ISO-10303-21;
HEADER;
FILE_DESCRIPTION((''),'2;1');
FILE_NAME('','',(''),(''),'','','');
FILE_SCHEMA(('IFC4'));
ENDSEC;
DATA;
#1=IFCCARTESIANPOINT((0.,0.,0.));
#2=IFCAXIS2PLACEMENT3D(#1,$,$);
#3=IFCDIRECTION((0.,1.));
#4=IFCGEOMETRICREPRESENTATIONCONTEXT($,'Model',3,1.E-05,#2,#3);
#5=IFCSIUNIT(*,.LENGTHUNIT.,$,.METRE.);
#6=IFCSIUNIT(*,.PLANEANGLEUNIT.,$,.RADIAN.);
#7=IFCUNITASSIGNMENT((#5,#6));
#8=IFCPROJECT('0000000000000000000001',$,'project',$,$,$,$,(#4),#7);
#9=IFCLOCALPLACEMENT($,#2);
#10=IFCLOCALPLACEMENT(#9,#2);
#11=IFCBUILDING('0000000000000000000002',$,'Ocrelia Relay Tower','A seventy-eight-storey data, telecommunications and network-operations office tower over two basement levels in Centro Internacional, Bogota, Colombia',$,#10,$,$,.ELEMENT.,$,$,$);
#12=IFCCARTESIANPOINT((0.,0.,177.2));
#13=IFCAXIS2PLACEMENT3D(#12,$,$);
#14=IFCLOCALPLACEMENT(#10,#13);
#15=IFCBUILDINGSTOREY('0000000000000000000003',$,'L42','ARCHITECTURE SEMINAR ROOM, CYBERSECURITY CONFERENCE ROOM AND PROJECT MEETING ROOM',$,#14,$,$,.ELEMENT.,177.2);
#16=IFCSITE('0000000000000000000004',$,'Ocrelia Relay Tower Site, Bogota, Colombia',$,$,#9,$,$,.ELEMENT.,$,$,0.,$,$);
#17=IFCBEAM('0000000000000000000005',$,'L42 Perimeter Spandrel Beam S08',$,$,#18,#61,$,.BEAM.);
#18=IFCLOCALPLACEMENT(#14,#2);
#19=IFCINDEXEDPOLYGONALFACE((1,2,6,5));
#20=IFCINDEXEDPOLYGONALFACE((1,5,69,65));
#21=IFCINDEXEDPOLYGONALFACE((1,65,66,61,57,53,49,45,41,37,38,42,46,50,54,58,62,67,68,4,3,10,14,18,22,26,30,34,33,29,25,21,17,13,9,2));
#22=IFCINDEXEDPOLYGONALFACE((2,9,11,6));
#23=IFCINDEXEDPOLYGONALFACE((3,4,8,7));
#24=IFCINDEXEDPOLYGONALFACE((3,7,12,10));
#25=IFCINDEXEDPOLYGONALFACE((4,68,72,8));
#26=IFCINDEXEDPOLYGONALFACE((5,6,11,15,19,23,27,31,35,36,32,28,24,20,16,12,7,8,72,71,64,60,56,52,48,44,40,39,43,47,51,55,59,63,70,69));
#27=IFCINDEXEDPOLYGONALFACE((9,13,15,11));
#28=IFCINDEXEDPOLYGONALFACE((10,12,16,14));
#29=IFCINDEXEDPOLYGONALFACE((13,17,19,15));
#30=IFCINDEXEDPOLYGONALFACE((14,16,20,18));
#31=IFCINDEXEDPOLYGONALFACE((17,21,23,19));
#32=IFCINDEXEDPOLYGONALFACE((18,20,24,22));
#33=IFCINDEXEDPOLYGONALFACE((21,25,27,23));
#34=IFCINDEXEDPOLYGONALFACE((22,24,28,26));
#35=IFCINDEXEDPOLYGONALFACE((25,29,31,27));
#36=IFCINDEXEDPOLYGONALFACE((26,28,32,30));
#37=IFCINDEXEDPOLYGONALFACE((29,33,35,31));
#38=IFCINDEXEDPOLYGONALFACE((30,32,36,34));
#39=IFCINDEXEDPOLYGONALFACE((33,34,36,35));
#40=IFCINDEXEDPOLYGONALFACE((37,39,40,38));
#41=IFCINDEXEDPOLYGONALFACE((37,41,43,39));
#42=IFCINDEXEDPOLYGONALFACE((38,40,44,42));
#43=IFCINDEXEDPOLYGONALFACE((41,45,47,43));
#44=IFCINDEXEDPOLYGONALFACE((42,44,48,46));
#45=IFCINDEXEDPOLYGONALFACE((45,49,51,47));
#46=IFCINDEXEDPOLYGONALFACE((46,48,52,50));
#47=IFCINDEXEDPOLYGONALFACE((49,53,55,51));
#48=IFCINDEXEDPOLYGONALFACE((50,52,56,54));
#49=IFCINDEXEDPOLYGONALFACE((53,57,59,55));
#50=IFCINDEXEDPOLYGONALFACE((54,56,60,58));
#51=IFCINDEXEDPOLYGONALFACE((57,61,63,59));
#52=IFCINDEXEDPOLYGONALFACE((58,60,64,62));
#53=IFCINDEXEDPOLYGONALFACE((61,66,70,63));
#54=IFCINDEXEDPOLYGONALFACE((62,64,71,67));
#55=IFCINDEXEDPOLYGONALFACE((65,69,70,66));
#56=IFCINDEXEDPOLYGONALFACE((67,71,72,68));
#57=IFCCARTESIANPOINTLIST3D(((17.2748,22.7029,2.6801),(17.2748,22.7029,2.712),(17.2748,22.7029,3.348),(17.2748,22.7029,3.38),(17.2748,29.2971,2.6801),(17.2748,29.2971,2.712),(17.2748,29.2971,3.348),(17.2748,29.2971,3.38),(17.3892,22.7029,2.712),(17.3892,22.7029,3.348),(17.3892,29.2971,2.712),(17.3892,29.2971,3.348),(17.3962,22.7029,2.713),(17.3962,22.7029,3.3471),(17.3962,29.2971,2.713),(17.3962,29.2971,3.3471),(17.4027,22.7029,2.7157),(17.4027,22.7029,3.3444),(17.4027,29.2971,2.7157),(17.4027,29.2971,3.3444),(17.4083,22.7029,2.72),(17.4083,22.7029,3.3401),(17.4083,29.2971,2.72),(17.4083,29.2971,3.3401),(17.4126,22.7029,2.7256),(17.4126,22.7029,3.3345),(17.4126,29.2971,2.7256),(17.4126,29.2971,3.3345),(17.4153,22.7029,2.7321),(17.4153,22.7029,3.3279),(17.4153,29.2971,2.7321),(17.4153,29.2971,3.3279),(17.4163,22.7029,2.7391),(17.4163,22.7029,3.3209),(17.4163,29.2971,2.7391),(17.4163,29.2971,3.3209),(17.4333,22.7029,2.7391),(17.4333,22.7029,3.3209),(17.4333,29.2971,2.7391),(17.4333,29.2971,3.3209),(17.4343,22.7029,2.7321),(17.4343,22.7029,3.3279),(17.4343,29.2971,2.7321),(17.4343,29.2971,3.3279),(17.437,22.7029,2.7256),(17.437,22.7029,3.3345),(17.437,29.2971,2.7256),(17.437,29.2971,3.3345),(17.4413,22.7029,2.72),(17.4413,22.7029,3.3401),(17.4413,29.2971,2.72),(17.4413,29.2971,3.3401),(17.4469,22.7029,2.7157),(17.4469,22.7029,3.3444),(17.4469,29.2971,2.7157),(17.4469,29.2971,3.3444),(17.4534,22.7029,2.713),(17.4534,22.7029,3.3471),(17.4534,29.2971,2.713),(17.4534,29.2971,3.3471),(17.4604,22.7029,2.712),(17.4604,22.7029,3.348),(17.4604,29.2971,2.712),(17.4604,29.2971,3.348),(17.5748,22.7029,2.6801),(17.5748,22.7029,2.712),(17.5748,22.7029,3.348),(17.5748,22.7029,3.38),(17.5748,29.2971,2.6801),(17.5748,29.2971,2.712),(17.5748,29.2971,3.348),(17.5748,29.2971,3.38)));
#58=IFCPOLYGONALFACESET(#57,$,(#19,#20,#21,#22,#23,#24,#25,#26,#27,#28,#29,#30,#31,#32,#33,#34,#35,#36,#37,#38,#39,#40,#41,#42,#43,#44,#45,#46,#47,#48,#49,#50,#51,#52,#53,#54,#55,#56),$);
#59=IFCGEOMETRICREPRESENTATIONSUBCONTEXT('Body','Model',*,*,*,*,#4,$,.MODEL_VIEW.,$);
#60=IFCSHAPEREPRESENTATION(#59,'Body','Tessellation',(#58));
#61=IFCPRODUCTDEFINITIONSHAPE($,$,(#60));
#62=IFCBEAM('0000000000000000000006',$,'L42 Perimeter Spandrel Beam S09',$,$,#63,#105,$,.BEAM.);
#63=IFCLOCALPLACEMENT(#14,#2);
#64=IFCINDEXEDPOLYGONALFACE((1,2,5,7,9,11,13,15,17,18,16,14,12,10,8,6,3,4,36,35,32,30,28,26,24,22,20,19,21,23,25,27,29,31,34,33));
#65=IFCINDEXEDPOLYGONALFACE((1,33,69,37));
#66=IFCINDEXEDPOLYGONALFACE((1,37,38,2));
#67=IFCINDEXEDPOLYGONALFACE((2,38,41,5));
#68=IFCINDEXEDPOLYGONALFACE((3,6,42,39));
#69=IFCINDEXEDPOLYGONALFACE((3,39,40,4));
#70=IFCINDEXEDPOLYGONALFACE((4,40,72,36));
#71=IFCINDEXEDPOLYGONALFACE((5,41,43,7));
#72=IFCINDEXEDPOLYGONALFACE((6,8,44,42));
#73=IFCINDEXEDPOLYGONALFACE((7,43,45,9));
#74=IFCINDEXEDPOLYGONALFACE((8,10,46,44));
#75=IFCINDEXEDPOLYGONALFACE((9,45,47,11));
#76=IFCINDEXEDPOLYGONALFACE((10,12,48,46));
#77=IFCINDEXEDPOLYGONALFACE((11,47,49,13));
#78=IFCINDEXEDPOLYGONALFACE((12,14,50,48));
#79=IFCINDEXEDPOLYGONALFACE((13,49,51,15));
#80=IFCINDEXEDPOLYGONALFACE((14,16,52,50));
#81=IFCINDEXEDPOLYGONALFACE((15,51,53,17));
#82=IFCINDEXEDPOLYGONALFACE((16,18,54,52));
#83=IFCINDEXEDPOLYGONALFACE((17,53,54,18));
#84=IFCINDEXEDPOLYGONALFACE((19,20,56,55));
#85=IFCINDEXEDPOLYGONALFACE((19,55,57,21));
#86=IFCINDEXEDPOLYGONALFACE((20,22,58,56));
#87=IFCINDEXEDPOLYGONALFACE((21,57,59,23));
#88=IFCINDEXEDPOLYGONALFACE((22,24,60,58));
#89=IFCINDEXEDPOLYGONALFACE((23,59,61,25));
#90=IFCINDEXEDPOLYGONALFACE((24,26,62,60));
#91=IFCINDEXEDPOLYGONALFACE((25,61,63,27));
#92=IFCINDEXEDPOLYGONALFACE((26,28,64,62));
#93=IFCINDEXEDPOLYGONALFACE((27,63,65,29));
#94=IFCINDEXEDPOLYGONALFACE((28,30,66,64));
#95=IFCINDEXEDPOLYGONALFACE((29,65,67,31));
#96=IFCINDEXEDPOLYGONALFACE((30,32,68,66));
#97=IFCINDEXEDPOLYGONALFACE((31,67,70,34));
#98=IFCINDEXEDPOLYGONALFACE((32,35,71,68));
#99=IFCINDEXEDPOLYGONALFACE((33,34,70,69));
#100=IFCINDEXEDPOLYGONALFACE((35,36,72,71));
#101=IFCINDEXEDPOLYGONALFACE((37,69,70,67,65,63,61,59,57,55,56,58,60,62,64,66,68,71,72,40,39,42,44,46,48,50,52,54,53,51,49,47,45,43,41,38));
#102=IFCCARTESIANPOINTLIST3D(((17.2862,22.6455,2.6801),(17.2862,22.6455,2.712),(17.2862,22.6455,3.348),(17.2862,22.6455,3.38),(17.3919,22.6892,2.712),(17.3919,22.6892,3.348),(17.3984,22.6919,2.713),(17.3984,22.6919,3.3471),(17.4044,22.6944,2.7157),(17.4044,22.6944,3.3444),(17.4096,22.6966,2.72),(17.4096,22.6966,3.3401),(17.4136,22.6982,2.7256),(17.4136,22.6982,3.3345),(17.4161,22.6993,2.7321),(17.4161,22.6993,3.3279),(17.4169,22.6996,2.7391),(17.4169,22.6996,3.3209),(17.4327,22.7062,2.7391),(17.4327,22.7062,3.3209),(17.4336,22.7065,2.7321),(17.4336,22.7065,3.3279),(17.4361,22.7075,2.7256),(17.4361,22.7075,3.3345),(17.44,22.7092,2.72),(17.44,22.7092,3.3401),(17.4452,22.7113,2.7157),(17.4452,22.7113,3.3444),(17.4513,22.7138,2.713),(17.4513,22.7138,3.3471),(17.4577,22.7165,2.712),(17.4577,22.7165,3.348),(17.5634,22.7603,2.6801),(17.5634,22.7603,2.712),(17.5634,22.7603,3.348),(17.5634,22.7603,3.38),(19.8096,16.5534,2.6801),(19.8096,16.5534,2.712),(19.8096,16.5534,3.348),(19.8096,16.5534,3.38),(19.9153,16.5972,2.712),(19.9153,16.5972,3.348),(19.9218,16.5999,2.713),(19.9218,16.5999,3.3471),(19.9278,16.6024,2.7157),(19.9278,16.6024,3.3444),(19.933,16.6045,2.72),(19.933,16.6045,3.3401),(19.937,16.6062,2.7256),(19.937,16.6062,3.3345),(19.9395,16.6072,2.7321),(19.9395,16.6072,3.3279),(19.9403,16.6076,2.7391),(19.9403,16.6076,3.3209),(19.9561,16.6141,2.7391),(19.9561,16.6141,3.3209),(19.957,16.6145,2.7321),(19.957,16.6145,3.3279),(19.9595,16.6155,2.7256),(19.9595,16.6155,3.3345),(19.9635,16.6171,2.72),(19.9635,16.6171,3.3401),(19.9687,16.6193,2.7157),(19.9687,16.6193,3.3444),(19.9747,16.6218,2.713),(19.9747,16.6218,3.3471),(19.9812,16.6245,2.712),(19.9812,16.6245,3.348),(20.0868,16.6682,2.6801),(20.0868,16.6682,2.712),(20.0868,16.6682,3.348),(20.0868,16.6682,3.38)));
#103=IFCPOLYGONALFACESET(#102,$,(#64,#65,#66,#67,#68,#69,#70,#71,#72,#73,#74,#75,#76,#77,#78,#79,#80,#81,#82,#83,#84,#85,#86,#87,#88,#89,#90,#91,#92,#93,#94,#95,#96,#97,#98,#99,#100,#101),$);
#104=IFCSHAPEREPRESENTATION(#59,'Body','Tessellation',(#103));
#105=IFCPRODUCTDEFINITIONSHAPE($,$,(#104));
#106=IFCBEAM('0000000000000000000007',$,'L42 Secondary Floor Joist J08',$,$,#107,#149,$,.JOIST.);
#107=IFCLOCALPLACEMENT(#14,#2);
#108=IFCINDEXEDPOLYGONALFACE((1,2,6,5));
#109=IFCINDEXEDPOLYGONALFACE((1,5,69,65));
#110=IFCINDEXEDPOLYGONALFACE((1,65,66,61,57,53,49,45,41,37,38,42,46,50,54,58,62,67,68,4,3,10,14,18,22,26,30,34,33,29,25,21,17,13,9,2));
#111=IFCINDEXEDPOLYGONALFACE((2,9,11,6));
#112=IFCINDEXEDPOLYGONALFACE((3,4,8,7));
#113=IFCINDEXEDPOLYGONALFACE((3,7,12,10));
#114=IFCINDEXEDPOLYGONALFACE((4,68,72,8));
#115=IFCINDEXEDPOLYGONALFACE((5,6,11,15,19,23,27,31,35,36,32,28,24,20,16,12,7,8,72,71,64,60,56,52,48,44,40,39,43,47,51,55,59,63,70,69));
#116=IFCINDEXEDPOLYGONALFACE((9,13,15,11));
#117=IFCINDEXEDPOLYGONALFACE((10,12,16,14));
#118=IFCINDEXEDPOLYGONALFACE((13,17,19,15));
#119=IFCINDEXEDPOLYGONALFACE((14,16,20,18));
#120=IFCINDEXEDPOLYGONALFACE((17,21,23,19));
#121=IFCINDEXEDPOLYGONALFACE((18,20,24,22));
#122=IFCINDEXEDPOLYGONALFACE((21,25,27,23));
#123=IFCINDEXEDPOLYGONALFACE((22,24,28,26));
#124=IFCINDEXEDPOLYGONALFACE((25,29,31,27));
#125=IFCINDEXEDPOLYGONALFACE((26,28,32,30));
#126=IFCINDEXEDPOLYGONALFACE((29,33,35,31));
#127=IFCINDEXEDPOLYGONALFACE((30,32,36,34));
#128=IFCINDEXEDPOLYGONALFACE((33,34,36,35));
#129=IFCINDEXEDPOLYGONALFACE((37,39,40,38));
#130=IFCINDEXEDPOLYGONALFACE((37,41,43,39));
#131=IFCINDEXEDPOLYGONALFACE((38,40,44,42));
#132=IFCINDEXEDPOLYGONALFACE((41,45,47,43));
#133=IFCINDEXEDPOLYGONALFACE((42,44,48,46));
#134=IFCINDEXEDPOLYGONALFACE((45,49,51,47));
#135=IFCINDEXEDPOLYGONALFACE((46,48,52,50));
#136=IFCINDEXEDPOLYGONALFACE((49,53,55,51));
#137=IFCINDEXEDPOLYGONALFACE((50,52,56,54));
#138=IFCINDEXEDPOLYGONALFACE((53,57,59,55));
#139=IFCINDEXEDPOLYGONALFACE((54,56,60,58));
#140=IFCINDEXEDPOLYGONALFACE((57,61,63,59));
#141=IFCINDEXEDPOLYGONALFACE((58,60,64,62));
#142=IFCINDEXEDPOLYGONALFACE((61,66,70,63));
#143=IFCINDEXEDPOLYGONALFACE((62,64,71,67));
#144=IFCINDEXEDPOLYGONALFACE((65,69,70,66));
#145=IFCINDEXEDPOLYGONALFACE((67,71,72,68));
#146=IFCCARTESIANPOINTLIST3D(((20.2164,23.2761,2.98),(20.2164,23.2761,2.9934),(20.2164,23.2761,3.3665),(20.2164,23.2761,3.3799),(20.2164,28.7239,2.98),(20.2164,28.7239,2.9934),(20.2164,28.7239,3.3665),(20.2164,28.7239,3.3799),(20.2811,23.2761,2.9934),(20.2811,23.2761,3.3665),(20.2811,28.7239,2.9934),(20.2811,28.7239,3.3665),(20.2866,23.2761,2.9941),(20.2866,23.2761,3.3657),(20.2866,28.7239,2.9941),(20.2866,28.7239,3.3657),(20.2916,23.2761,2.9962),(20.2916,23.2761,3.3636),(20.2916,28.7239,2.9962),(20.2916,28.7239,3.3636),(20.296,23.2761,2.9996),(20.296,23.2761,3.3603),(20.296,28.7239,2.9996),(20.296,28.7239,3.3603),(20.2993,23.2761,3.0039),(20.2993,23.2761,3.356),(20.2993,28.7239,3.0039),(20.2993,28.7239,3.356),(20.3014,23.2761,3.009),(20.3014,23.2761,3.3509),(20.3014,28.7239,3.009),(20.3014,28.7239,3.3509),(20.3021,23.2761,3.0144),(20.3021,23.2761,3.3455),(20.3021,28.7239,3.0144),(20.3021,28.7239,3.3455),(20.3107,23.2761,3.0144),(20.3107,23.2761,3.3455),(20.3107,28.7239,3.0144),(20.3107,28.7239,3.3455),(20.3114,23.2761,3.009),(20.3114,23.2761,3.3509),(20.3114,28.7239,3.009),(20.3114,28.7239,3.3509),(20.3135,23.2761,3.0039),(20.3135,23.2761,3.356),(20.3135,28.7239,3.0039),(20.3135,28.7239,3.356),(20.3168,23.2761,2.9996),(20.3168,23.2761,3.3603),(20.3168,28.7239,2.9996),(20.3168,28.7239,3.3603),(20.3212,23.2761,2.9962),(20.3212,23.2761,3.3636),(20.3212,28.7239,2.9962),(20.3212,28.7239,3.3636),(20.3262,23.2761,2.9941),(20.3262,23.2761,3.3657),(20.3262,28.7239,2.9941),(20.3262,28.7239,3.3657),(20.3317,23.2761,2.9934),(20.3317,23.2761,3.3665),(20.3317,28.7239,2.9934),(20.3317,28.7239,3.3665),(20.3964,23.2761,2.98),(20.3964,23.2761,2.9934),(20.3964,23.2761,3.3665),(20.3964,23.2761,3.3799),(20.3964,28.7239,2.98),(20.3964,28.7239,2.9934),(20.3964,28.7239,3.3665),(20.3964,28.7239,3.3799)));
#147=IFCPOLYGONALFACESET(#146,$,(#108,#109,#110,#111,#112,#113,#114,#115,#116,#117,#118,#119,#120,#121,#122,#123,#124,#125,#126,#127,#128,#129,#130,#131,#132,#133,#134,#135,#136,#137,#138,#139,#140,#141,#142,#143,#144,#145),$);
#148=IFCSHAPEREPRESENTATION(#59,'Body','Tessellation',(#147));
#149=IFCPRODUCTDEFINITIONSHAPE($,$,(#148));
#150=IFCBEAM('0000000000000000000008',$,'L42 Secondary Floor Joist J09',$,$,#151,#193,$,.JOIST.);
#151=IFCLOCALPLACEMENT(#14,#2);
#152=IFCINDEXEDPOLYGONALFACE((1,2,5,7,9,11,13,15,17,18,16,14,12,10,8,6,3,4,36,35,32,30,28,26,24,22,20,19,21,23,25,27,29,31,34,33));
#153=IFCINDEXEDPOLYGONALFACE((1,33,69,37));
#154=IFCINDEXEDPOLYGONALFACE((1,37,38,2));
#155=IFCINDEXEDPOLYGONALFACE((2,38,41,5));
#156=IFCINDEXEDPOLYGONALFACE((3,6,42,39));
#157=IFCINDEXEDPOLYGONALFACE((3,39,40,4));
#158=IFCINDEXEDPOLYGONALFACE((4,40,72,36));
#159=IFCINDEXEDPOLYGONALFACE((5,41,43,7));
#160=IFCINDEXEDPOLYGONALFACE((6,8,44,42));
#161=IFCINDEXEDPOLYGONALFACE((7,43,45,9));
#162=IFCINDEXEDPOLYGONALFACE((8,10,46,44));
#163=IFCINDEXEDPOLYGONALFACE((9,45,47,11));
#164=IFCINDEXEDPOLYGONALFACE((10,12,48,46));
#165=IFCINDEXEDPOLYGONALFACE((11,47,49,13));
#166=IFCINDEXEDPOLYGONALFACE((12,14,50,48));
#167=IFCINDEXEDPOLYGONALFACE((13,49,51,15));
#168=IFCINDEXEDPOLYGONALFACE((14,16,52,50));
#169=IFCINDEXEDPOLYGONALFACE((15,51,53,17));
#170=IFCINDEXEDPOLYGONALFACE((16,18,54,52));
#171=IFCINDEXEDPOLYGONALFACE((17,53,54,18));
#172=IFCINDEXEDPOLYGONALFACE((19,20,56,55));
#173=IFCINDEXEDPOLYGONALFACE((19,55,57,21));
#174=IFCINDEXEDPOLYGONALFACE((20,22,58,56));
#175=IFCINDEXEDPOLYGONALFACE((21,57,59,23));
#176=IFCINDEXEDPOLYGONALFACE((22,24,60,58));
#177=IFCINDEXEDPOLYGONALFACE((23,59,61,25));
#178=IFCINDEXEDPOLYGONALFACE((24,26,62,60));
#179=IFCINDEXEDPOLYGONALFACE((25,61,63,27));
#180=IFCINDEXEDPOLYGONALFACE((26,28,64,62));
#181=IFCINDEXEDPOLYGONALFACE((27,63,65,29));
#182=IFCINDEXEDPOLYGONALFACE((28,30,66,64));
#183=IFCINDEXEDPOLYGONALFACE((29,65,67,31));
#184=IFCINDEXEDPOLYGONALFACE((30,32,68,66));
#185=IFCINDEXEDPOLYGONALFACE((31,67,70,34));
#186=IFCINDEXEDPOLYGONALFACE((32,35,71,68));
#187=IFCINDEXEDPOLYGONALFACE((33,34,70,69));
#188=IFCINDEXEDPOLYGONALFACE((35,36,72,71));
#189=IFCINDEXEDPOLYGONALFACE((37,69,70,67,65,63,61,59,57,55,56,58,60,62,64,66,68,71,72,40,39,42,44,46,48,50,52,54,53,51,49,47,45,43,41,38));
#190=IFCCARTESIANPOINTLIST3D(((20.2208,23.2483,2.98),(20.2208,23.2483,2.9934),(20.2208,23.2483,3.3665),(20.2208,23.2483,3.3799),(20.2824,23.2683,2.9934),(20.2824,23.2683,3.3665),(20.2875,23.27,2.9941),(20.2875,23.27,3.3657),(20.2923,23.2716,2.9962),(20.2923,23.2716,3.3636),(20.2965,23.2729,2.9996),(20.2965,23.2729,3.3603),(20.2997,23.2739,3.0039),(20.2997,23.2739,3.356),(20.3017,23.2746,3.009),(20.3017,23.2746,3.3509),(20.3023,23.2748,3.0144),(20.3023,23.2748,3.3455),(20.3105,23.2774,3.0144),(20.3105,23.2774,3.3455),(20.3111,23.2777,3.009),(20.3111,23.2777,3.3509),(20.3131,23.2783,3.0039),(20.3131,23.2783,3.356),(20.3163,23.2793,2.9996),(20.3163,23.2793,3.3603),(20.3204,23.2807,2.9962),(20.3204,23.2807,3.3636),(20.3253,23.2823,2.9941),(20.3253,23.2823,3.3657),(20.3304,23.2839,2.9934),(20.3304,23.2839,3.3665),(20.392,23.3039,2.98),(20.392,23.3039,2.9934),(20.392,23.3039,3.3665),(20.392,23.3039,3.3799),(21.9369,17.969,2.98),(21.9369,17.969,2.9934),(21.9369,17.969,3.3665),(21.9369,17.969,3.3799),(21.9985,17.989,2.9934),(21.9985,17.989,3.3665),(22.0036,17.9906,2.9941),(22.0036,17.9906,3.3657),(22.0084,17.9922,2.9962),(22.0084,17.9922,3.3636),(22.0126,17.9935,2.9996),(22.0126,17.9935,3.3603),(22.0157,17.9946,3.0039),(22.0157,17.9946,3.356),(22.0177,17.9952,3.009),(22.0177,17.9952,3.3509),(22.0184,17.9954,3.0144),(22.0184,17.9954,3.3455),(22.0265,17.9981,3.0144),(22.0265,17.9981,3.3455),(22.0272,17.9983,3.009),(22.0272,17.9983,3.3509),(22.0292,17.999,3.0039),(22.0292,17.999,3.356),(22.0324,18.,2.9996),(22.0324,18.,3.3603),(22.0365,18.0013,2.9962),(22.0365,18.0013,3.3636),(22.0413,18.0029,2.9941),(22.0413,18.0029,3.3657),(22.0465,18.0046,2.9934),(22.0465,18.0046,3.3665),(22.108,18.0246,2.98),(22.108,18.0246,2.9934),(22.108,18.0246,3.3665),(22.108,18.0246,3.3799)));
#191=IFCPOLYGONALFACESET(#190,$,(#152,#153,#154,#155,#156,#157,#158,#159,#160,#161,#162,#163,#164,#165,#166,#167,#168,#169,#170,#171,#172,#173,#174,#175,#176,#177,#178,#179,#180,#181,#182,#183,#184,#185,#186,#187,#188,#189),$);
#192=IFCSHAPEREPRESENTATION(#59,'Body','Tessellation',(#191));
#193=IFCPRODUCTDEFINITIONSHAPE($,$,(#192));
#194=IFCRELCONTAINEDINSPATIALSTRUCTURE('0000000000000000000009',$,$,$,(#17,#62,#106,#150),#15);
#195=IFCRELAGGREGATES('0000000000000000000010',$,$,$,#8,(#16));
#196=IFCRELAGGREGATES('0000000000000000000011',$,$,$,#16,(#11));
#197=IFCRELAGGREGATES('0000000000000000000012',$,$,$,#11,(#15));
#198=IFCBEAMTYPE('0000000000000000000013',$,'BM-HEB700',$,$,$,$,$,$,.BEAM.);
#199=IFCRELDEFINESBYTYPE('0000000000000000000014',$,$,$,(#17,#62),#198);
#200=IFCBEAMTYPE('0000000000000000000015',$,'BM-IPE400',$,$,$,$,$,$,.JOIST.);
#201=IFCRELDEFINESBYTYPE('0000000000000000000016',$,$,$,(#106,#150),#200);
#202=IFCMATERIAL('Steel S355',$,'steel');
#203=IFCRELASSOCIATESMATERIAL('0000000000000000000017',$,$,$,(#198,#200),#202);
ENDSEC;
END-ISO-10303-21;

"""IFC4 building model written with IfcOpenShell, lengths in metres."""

from ifc_helpers import new_model, si_unit, direction, frame, origin, origin_2d, place, context, subcontext, project, spatial, i_section, extrude, material, material_profile, profile_set, type_object, element, save


model = new_model("IFC4")

# Units and contexts
model_context = context("Model", 3, precision=1e-05, world=origin(), true_north=direction((0.0, 1.0)))
body_context = subcontext(model_context, "Body", "Model", "MODEL_VIEW")
ifc_project = project(units=[si_unit("LENGTHUNIT", "METRE"), si_unit("PLANEANGLEUNIT", "RADIAN")], contexts=[model_context])

# Site, building, storey
site_placement = place(None, origin())
site = spatial("IfcSite", under=ifc_project, at=site_placement, Name="Ocrelia Relay Tower Site, Bogota, Colombia", CompositionType="ELEMENT", RefElevation=0.0)
building_placement = place(site_placement, origin())
building = spatial("IfcBuilding", under=site, at=building_placement, Name="Ocrelia Relay Tower", Description="A seventy-eight-storey data, telecommunications and network-operations office tower over two basement levels in Centro Internacional, Bogota, Colombia", CompositionType="ELEMENT")
storey_placement = place(building_placement, frame((0.0, 0.0, 177.2)))
storey = spatial("IfcBuildingStorey", under=building, at=storey_placement, Name="L42", Description="ARCHITECTURE SEMINAR ROOM, CYBERSECURITY CONFERENCE ROOM AND PROJECT MEETING ROOM", CompositionType="ELEMENT", Elevation=177.2)

# Beams
ifc_material_1 = material(Name="Steel S355", Category="steel")
ifc_material_profile_1 = material_profile(ifc_material_1, i_section(OverallWidth=0.3, OverallDepth=0.7, WebThickness=0.0171, FlangeThickness=0.032, FilletRadius=0.0271, at=origin_2d()), Name="HEB 700")
ifc_profile_set_1 = profile_set([ifc_material_profile_1], Name="Steel S355")
beam_type_1 = type_object("IfcBeamType", Name="BM-HEB700", PredefinedType="BEAM", material=ifc_profile_set_1)
beam_1_placement = place(storey_placement, frame((17.4248, 29.2971, 3.03), z_axis=(0.0, -1.0, 0.0), x_axis=(1.0, 0.0, 0.0)))
element("IfcBeam", 1, at=beam_1_placement, inside=storey, type_object=beam_type_1, Name="L42 Perimeter Spandrel Beam S08", PredefinedType="BEAM", context=body_context, shape_type="SweptSolid", body=[
    extrude(i_section(OverallWidth=0.3, OverallDepth=0.7, WebThickness=0.0171, FlangeThickness=0.032, FilletRadius=0.0271, at=origin_2d()), origin(), (0.0, 0.0, 1.0), 6.5942),
])
beam_2_placement = place(storey_placement, frame((17.4248, 22.7029, 3.03), z_axis=(0.382688, -0.923878, 0.0), x_axis=(0.923878, 0.382688, 0.0)))
element("IfcBeam", 2, at=beam_2_placement, inside=storey, type_object=beam_type_1, Name="L42 Perimeter Spandrel Beam S09", PredefinedType="BEAM", context=body_context, shape_type="SweptSolid", body=[
    extrude(i_section(OverallWidth=0.3, OverallDepth=0.7, WebThickness=0.0171, FlangeThickness=0.032, FilletRadius=0.0271, at=origin_2d()), origin(), (0.0, 0.0, 1.0), 6.594),
])
ifc_material_profile_2 = material_profile(ifc_material_1, i_section(OverallWidth=0.1799, OverallDepth=0.3999, WebThickness=0.0085, FlangeThickness=0.0134, FilletRadius=0.021, at=origin_2d()), Name="IPE 400")
ifc_profile_set_2 = profile_set([ifc_material_profile_2], Name="Steel S355")
beam_type_2 = type_object("IfcBeamType", Name="BM-IPE400", PredefinedType="JOIST", material=ifc_profile_set_2)
beam_3_placement = place(storey_placement, frame((20.3064, 28.7239, 3.1799), z_axis=(0.0, -1.0, 0.0), x_axis=(1.0, 0.0, 0.0)))
element("IfcBeam", 3, at=beam_3_placement, inside=storey, type_object=beam_type_2, Name="L42 Secondary Floor Joist J08", PredefinedType="JOIST", context=body_context, shape_type="SweptSolid", body=[
    extrude(i_section(OverallWidth=0.1799, OverallDepth=0.3999, WebThickness=0.0085, FlangeThickness=0.0134, FilletRadius=0.021, at=origin_2d()), origin(), (0.0, 0.0, 1.0), 5.4478),
])
beam_4_placement = place(storey_placement, frame((20.3064, 23.2761, 3.1799), z_axis=(0.309134, -0.951019, 0.0), x_axis=(0.951019, 0.309134, 0.0)))
element("IfcBeam", 4, at=beam_4_placement, inside=storey, type_object=beam_type_2, Name="L42 Secondary Floor Joist J09", PredefinedType="JOIST", context=body_context, shape_type="SweptSolid", body=[
    extrude(i_section(OverallWidth=0.1799, OverallDepth=0.3999, WebThickness=0.0085, FlangeThickness=0.0134, FilletRadius=0.021, at=origin_2d()), origin(), (0.0, 0.0, 1.0), 5.5513),
])

save(model, "model.ifc")
